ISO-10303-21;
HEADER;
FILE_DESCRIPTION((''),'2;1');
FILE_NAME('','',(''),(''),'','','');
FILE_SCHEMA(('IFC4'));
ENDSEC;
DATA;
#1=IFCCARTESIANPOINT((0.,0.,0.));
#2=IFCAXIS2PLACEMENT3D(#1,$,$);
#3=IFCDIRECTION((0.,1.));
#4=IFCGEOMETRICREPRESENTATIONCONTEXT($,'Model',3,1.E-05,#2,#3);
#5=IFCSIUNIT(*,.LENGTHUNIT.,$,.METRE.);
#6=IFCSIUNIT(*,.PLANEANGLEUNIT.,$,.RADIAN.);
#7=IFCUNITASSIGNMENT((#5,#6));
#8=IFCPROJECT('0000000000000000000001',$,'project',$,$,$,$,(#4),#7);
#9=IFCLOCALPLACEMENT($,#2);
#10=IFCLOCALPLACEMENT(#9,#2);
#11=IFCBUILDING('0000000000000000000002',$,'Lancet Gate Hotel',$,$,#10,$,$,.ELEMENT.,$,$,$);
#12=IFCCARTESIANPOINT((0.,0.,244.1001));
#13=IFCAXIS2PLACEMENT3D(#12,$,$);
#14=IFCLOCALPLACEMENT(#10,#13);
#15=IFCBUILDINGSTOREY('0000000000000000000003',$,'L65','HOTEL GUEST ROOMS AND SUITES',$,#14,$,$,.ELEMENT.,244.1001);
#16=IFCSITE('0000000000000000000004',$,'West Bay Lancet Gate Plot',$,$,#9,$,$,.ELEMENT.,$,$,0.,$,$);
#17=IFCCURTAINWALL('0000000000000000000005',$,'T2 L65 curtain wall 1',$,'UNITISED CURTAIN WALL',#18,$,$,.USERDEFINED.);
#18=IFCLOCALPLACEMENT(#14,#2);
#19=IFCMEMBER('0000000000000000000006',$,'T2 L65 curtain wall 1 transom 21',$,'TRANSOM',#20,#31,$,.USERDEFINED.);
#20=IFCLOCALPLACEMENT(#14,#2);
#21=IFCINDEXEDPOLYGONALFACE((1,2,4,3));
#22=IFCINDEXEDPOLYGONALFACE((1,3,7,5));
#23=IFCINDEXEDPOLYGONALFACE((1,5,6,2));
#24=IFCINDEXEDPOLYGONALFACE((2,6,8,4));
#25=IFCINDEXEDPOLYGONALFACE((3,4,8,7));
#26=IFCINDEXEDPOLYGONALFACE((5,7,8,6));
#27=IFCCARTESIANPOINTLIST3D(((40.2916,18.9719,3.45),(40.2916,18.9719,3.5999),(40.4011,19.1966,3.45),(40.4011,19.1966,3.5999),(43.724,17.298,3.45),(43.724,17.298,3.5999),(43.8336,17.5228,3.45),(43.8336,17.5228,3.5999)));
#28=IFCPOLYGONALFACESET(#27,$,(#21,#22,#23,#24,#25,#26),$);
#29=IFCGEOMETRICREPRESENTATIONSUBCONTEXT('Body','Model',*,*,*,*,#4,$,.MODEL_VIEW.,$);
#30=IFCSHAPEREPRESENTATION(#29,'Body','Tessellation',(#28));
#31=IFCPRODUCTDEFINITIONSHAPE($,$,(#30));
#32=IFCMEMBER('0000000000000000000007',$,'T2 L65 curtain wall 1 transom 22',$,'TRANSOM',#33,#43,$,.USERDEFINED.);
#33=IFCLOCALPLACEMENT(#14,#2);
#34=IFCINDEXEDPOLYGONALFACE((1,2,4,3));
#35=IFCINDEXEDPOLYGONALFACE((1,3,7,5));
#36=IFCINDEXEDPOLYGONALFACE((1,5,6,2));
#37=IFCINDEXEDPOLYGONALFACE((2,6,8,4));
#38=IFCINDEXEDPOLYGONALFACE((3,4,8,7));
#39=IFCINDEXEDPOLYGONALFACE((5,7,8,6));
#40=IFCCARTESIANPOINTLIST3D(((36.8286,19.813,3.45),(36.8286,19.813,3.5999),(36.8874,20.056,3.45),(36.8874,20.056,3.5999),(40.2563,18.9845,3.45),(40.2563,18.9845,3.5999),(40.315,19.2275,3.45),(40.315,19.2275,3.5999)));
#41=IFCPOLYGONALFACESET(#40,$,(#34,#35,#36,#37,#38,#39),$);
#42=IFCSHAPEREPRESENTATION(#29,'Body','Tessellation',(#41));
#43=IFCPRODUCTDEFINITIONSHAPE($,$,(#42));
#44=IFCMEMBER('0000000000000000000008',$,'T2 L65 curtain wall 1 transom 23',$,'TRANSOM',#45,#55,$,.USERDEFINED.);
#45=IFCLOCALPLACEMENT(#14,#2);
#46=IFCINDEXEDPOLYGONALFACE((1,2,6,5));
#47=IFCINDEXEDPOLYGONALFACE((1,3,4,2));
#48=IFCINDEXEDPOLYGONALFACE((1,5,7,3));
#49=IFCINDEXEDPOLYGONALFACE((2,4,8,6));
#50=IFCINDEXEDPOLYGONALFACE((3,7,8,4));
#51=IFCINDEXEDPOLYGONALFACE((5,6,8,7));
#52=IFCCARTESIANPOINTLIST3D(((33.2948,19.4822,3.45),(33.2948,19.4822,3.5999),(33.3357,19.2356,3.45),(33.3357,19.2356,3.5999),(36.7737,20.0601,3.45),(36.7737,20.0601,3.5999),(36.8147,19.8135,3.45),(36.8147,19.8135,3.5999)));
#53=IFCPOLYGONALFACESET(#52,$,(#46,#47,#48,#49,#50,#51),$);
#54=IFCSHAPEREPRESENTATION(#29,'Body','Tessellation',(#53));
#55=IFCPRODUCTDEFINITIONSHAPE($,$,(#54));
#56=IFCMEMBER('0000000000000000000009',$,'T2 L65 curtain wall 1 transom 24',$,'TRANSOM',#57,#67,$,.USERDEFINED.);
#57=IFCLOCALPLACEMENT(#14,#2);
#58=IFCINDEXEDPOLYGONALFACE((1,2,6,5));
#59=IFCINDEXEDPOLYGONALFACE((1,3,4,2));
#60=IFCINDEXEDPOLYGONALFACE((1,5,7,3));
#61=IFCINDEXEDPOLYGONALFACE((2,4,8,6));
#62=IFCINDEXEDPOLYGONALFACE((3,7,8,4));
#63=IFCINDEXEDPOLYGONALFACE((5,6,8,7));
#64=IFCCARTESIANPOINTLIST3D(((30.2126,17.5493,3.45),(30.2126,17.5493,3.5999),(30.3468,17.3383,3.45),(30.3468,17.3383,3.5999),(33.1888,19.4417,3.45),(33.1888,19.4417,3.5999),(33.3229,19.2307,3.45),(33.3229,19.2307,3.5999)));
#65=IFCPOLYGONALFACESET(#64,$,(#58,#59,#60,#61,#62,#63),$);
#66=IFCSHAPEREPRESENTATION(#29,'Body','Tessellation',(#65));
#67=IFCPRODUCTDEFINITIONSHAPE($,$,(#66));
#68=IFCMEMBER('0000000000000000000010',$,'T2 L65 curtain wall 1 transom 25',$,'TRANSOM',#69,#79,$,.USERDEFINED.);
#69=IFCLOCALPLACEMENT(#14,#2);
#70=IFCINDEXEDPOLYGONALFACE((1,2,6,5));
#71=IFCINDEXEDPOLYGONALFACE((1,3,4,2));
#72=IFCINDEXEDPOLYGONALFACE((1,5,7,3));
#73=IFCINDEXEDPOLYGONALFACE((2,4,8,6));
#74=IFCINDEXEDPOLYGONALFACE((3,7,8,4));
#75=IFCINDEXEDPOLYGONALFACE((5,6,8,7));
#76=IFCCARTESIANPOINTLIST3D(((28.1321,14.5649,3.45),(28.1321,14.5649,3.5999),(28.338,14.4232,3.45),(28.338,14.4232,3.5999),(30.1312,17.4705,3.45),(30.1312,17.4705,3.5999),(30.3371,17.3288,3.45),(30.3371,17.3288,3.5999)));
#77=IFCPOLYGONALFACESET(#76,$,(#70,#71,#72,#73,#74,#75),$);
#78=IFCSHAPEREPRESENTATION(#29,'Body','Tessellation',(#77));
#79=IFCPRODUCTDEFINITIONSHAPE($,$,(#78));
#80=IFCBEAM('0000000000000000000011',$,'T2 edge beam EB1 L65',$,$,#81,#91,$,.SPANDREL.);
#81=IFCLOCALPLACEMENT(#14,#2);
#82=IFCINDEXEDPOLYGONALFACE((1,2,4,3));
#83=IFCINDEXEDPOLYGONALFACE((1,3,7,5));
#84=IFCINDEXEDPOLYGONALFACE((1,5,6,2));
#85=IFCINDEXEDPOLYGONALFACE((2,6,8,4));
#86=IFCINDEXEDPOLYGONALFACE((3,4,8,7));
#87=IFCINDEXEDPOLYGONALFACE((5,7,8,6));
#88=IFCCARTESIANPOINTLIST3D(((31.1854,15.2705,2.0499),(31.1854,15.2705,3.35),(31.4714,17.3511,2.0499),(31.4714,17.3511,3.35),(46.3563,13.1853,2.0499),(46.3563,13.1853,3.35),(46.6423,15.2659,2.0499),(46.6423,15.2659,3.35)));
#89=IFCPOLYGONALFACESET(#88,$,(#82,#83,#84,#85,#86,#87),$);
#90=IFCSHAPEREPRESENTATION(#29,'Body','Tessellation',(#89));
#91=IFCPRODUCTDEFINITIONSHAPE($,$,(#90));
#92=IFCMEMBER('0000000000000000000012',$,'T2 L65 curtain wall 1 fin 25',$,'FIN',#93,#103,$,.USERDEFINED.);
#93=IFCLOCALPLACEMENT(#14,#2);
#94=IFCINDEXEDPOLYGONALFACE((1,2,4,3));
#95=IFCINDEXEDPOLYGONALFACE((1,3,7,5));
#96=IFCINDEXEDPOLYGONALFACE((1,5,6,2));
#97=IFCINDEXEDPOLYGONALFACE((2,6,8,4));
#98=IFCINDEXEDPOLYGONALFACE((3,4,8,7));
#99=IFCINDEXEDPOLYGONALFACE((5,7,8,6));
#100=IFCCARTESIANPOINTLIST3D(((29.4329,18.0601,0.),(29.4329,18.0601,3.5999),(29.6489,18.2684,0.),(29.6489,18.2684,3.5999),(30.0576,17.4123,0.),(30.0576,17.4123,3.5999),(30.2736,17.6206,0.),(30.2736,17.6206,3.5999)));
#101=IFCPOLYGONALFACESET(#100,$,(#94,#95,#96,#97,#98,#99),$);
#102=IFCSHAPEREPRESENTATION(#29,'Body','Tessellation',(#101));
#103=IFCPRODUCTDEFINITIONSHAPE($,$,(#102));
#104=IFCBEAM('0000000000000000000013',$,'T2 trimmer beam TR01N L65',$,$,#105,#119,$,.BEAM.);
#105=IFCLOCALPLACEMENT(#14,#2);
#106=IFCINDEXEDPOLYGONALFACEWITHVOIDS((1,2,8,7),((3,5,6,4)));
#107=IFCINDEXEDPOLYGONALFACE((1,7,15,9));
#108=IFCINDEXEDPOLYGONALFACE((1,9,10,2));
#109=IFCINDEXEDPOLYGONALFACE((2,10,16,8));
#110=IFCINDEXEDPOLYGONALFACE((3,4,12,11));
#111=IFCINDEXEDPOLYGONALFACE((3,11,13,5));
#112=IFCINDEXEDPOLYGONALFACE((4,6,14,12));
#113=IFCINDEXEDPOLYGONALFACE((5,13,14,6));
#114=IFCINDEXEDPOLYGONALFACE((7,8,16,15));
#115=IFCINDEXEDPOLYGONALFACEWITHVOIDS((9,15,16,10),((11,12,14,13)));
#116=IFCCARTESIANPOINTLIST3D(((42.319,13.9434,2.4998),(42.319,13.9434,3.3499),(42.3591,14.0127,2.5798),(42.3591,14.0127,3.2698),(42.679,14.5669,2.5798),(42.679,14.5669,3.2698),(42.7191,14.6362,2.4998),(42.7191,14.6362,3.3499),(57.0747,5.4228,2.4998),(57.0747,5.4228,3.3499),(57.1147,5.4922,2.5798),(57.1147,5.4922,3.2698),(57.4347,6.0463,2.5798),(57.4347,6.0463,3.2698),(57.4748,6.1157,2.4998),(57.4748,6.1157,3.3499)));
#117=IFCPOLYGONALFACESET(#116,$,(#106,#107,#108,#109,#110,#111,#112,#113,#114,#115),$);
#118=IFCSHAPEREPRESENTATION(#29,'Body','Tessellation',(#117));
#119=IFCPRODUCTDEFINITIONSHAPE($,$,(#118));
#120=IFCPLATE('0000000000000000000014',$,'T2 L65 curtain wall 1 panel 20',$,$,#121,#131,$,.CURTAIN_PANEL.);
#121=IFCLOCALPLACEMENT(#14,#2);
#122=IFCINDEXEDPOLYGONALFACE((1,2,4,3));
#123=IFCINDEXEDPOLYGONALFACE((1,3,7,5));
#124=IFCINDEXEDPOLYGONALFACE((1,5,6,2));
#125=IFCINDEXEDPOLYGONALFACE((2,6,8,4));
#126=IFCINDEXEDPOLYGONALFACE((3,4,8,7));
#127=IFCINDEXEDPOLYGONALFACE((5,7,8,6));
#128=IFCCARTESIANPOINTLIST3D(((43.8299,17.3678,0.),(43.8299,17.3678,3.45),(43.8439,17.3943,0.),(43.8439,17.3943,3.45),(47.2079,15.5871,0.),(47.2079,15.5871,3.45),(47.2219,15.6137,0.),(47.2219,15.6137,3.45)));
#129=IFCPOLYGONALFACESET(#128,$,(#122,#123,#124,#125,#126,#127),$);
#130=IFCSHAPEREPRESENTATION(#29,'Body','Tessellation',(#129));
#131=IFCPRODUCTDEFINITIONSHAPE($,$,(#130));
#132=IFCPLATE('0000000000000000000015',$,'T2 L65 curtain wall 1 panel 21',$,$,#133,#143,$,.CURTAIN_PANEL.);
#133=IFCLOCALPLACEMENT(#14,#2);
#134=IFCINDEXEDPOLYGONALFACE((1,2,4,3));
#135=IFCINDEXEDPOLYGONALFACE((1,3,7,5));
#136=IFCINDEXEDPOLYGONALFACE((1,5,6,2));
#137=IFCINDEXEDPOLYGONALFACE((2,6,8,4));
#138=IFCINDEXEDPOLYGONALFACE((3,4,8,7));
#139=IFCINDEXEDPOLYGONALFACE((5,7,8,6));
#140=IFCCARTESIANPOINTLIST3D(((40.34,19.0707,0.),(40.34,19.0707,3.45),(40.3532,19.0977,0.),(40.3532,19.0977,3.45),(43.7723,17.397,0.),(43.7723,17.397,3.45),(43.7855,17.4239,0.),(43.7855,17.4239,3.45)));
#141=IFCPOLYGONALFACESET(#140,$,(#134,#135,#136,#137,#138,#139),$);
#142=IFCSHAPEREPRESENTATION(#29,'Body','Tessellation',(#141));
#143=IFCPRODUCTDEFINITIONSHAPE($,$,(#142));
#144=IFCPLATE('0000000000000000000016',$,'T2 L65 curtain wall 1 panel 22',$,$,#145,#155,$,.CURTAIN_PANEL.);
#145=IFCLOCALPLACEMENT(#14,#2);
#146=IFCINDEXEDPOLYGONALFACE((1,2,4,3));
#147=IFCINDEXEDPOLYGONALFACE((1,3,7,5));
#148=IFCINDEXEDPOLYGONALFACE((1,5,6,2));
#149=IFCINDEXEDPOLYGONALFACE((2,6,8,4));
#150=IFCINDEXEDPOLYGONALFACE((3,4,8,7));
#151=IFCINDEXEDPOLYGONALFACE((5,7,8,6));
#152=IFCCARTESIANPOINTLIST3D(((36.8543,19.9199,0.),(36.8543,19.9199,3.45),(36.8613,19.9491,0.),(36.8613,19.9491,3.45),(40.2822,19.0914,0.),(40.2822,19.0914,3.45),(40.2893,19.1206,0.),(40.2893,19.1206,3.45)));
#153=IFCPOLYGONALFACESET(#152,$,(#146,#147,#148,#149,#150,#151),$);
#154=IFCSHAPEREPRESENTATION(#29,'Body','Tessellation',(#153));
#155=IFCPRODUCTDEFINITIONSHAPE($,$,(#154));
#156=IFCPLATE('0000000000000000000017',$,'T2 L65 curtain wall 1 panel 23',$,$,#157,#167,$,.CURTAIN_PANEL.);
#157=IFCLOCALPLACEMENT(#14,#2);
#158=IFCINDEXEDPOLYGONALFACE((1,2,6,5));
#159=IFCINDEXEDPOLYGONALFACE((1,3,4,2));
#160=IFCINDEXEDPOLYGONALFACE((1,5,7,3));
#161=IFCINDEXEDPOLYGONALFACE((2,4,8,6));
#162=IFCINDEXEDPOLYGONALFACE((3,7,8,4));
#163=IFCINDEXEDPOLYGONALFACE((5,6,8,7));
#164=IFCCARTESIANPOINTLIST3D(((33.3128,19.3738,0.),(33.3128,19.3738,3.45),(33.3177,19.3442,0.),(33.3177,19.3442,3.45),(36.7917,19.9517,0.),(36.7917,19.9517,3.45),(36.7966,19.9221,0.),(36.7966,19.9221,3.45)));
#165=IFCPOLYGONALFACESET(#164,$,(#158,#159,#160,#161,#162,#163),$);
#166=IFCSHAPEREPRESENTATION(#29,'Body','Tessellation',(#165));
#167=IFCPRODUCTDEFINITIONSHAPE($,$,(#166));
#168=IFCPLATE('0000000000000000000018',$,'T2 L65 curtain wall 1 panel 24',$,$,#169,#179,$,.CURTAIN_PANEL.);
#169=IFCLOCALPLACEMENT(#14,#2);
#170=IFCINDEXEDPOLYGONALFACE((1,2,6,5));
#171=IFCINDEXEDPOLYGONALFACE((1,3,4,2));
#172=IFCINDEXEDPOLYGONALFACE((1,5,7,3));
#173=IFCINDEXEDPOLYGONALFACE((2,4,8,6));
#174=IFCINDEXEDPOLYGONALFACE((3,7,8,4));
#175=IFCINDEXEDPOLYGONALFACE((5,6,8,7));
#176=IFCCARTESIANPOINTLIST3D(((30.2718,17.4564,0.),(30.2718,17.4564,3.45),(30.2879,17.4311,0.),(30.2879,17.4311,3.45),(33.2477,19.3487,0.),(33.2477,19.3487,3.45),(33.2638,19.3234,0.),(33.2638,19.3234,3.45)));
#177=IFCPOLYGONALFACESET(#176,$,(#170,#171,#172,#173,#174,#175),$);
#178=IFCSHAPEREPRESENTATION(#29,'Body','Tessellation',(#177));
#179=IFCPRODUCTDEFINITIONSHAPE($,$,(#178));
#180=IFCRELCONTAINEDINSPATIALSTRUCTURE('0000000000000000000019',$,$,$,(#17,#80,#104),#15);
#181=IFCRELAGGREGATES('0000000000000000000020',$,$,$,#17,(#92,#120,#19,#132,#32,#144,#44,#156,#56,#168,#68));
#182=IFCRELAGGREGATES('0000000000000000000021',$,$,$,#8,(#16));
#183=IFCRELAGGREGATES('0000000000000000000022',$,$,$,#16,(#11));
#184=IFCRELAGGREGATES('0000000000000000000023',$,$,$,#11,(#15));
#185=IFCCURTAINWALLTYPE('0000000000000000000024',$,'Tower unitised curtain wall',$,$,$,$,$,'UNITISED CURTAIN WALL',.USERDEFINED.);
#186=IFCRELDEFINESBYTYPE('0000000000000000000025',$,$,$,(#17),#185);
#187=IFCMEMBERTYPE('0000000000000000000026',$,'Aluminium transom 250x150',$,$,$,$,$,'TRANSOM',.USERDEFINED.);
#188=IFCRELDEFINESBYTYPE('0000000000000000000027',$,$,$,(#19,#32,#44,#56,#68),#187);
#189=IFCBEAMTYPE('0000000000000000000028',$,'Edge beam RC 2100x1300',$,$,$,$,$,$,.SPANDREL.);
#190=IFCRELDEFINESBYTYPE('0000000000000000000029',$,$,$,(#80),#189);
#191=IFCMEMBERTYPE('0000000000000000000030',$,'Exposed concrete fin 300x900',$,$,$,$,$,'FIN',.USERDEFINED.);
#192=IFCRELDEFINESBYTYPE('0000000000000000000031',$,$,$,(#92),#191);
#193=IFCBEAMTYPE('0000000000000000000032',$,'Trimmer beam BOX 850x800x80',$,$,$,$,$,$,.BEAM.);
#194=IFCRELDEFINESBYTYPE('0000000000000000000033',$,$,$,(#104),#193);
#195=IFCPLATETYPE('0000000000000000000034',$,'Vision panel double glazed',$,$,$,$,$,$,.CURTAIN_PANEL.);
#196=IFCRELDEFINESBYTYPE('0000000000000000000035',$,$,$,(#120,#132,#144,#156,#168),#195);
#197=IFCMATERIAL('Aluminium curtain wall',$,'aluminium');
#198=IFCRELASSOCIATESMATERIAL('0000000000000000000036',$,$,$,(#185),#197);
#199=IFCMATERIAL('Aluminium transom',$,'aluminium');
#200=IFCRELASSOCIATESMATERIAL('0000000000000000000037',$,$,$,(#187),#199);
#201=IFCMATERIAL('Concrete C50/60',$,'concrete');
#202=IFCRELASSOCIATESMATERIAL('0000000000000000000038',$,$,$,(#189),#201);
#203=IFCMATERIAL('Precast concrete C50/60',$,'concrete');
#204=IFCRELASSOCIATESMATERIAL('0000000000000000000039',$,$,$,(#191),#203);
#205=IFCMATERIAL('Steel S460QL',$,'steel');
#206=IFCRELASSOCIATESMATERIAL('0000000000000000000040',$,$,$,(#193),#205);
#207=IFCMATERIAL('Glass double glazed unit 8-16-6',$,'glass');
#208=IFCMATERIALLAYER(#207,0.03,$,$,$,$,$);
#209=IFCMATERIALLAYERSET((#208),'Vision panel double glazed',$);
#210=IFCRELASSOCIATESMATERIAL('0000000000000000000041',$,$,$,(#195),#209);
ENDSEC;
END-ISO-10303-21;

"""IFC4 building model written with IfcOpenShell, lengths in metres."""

from ifc_helpers import new_model, si_unit, direction, frame, origin, origin_2d, place, context, subcontext, project, spatial, rectangle, hollow_rectangle, extrude, material, layer, layer_set, material_profile, profile_set, type_object, element, aggregate, save


model = new_model("IFC4")

# Units and contexts
model_context = context("Model", 3, precision=1e-05, world=origin(), true_north=direction((0.0, 1.0)))
body_context = subcontext(model_context, "Body", "Model", "MODEL_VIEW")
ifc_project = project(units=[si_unit("LENGTHUNIT", "METRE"), si_unit("PLANEANGLEUNIT", "RADIAN")], contexts=[model_context])

# Site, building, storey
site_placement = place(None, origin())
site = spatial("IfcSite", under=ifc_project, at=site_placement, Name="West Bay Lancet Gate Plot", CompositionType="ELEMENT", RefElevation=0.0)
building_placement = place(site_placement, origin())
building = spatial("IfcBuilding", under=site, at=building_placement, Name="Lancet Gate Hotel", CompositionType="ELEMENT")
storey_placement = place(building_placement, frame((0.0, 0.0, 244.1001)))
storey = spatial("IfcBuildingStorey", under=building, at=storey_placement, Name="L65", Description="HOTEL GUEST ROOMS AND SUITES", CompositionType="ELEMENT", Elevation=244.1001)

# Curtain wall, members
ifc_material_1 = material(Name="Aluminium curtain wall", Category="aluminium")
curtain_wall_type = type_object("IfcCurtainWallType", Name="Tower unitised curtain wall", ElementType="UNITISED CURTAIN WALL", PredefinedType="USERDEFINED", material=ifc_material_1)
curtain_wall_placement = place(storey_placement, origin())
curtain_wall = element("IfcCurtainWall", 1, at=curtain_wall_placement, inside=storey, type_object=curtain_wall_type, Name="T2 L65 curtain wall 1", ObjectType="UNITISED CURTAIN WALL", PredefinedType="USERDEFINED")
ifc_material_2 = material(Name="Aluminium transom", Category="aluminium")
ifc_material_profile_1 = material_profile(ifc_material_2, rectangle(XDim=0.25, YDim=0.1499, at=origin_2d()), Name="TRANSOM 250x150")
ifc_profile_set_1 = profile_set([ifc_material_profile_1], Name="Aluminium transom")
member_type_1 = type_object("IfcMemberType", Name="Aluminium transom 250x150", ElementType="TRANSOM", PredefinedType="USERDEFINED", material=ifc_profile_set_1)
member_1_placement = place(storey_placement, frame((43.7788, 17.4104, 3.5249), z_axis=(-0.89882, 0.438318, 0.0), x_axis=(-0.438318, -0.89882, 0.0)))
member_1 = element("IfcMember", 2, at=member_1_placement, type_object=member_type_1, Name="T2 L65 curtain wall 1 transom 21", ObjectType="TRANSOM", PredefinedType="USERDEFINED", context=body_context, shape_type="SweptSolid", body=[
    extrude(rectangle(XDim=0.25, YDim=0.1499, at=origin_2d()), origin(), (0.0, 0.0, 1.0), 3.8188),
])
member_2_placement = place(storey_placement, frame((40.2856, 19.106, 3.5249), z_axis=(-0.972003, 0.23497, 0.0), x_axis=(-0.23497, -0.972003, 0.0)))
member_2 = element("IfcMember", 3, at=member_2_placement, type_object=member_type_1, Name="T2 L65 curtain wall 1 transom 22", ObjectType="TRANSOM", PredefinedType="USERDEFINED", context=body_context, shape_type="SweptSolid", body=[
    extrude(rectangle(XDim=0.25, YDim=0.1499, at=origin_2d()), origin(), (0.0, 0.0, 1.0), 3.5264),
])
member_3_placement = place(storey_placement, frame((36.7942, 19.9368, 3.5249), z_axis=(-0.986484, -0.16386, 0.0), x_axis=(0.16386, -0.986484, 0.0)))
member_3 = element("IfcMember", 4, at=member_3_placement, type_object=member_type_1, Name="T2 L65 curtain wall 1 transom 23", ObjectType="TRANSOM", PredefinedType="USERDEFINED", context=body_context, shape_type="SweptSolid", body=[
    extrude(rectangle(XDim=0.25, YDim=0.1499, at=origin_2d()), origin(), (0.0, 0.0, 1.0), 3.5266),
])
member_4_placement = place(storey_placement, frame((33.2559, 19.3362, 3.5249), z_axis=(-0.843858, -0.536566, 0.0), x_axis=(0.536566, -0.843858, 0.0)))
member_4 = element("IfcMember", 5, at=member_4_placement, type_object=member_type_1, Name="T2 L65 curtain wall 1 transom 24", ObjectType="TRANSOM", PredefinedType="USERDEFINED", context=body_context, shape_type="SweptSolid", body=[
    extrude(rectangle(XDim=0.25, YDim=0.1499, at=origin_2d()), origin(), (0.0, 0.0, 1.0), 3.5269),
])
member_5_placement = place(storey_placement, frame((30.2341, 17.3997, 3.5249), z_axis=(-0.566814, -0.823846, 0.0), x_axis=(0.823846, -0.566814, 0.0)))
member_5 = element("IfcMember", 6, at=member_5_placement, type_object=member_type_1, Name="T2 L65 curtain wall 1 transom 25", ObjectType="TRANSOM", PredefinedType="USERDEFINED", context=body_context, shape_type="SweptSolid", body=[
    extrude(rectangle(XDim=0.25, YDim=0.1499, at=origin_2d()), origin(), (0.0, 0.0, 1.0), 3.5269),
])

# Beam
ifc_material_3 = material(Name="Concrete C50/60", Category="concrete")
ifc_material_profile_2 = material_profile(ifc_material_3, rectangle(XDim=2.1001, YDim=1.3, at=origin_2d()), Name="RC 2100x1300")
ifc_profile_set_2 = profile_set([ifc_material_profile_2], Name="Concrete C50/60")
beam_type_1 = type_object("IfcBeamType", Name="Edge beam RC 2100x1300", PredefinedType="SPANDREL", material=ifc_profile_set_2)
beam_1_placement = place(storey_placement, frame((46.4993, 14.2256, 2.7), z_axis=(-0.990686, 0.136167, 0.0), x_axis=(-0.136167, -0.990686, 0.0)))
element("IfcBeam", 7, at=beam_1_placement, inside=storey, type_object=beam_type_1, Name="T2 edge beam EB1 L65", PredefinedType="SPANDREL", context=body_context, shape_type="SweptSolid", body=[
    extrude(rectangle(XDim=2.1001, YDim=1.3, at=origin_2d()), origin(), (0.0, 0.0, 1.0), 15.3135),
])

# Member
ifc_material_4 = material(Name="Precast concrete C50/60", Category="concrete")
ifc_material_profile_3 = material_profile(ifc_material_4, rectangle(XDim=0.3, YDim=0.8999, at=origin_2d()), Name="FIN 300x900")
ifc_profile_set_3 = profile_set([ifc_material_profile_3], Name="Precast concrete C50/60")
member_type_2 = type_object("IfcMemberType", Name="Exposed concrete fin 300x900", ElementType="FIN", PredefinedType="USERDEFINED", material=ifc_profile_set_3)
member_6_placement = place(storey_placement, frame((29.8533, 17.8403, 0.0), z_axis=(0.0, 0.0, 1.0), x_axis=(-0.719809, -0.694172, 0.0)))
member_6 = element("IfcMember", 8, at=member_6_placement, type_object=member_type_2, Name="T2 L65 curtain wall 1 fin 25", ObjectType="FIN", PredefinedType="USERDEFINED", context=body_context, shape_type="SweptSolid", body=[
    extrude(rectangle(XDim=0.3, YDim=0.8999, at=origin_2d()), origin(), (0.0, 0.0, 1.0), 3.5999),
])

# Beam
ifc_material_5 = material(Name="Steel S460QL", Category="steel")
ifc_material_profile_4 = material_profile(ifc_material_5, hollow_rectangle(XDim=0.8, YDim=0.8501, WallThickness=0.0801, at=origin_2d()), Name="BOX 850x800x80")
ifc_profile_set_4 = profile_set([ifc_material_profile_4], Name="Steel S460QL")
beam_type_2 = type_object("IfcBeamType", Name="Trimmer beam BOX 850x800x80", PredefinedType="BEAM", material=ifc_profile_set_4)
beam_2_placement = place(storey_placement, frame((42.519, 14.2898, 2.9248), z_axis=(0.865991, -0.500059, 0.0), x_axis=(0.500059, 0.865991, 0.0)))
element("IfcBeam", 9, at=beam_2_placement, inside=storey, type_object=beam_type_2, Name="T2 trimmer beam TR01N L65", PredefinedType="BEAM", context=body_context, shape_type="SweptSolid", body=[
    extrude(hollow_rectangle(XDim=0.8, YDim=0.8501, WallThickness=0.0801, at=origin_2d()), origin(), (0.0, 0.0, 1.0), 17.0391),
])

# Plates
ifc_material_6 = material(Name="Glass double glazed unit 8-16-6", Category="glass")
ifc_layer = layer(ifc_material_6, 0.03)
ifc_layer_set = layer_set([ifc_layer], Name="Vision panel double glazed")
plate_type = type_object("IfcPlateType", Name="Vision panel double glazed", PredefinedType="CURTAIN_PANEL", material=ifc_layer_set)
plate_1_placement = place(storey_placement, frame((45.5259, 16.4907, 0.0), z_axis=(0.0, 0.0, 1.0), x_axis=(-0.884623, 0.466307, 0.0)))
plate_1 = element("IfcPlate", 10, at=plate_1_placement, type_object=plate_type, Name="T2 L65 curtain wall 1 panel 20", PredefinedType="CURTAIN_PANEL", context=body_context, shape_type="SweptSolid", body=[
    extrude(rectangle(XDim=3.8186, YDim=0.03, at=origin_2d()), origin(), (0.0, 0.0, 1.0), 3.45),
])
plate_2_placement = place(storey_placement, frame((42.0627, 18.2473, 0.0), z_axis=(0.0, 0.0, 1.0), x_axis=(-0.898823, 0.438311, 0.0)))
plate_2 = element("IfcPlate", 11, at=plate_2_placement, type_object=plate_type, Name="T2 L65 curtain wall 1 panel 21", PredefinedType="CURTAIN_PANEL", context=body_context, shape_type="SweptSolid", body=[
    extrude(rectangle(XDim=3.8186, YDim=0.03, at=origin_2d()), origin(), (0.0, 0.0, 1.0), 3.45),
])
plate_3_placement = place(storey_placement, frame((38.5718, 19.5203, 0.0), z_axis=(0.0, 0.0, 1.0), x_axis=(-0.972014, 0.234924, 0.0)))
plate_3 = element("IfcPlate", 12, at=plate_3_placement, type_object=plate_type, Name="T2 L65 curtain wall 1 panel 22", PredefinedType="CURTAIN_PANEL", context=body_context, shape_type="SweptSolid", body=[
    extrude(rectangle(XDim=3.5266, YDim=0.03, at=origin_2d()), origin(), (0.0, 0.0, 1.0), 3.45),
])
plate_4_placement = place(storey_placement, frame((35.0547, 19.6479, 0.0), z_axis=(0.0, 0.0, 1.0), x_axis=(-0.98648, -0.163881, 0.0)))
plate_4 = element("IfcPlate", 13, at=plate_4_placement, type_object=plate_type, Name="T2 L65 curtain wall 1 panel 23", PredefinedType="CURTAIN_PANEL", context=body_context, shape_type="SweptSolid", body=[
    extrude(rectangle(XDim=3.5266, YDim=0.03, at=origin_2d()), origin(), (0.0, 0.0, 1.0), 3.45),
])
plate_5_placement = place(storey_placement, frame((31.7678, 18.3899, 0.0), z_axis=(0.0, 0.0, 1.0), x_axis=(-0.843845, -0.536587, 0.0)))
plate_5 = element("IfcPlate", 14, at=plate_5_placement, type_object=plate_type, Name="T2 L65 curtain wall 1 panel 24", PredefinedType="CURTAIN_PANEL", context=body_context, shape_type="SweptSolid", body=[
    extrude(rectangle(XDim=3.5266, YDim=0.03, at=origin_2d()), origin(), (0.0, 0.0, 1.0), 3.45),
])
aggregate(curtain_wall, [member_6, plate_1, member_1, plate_2, member_2, plate_3, member_3, plate_4, member_4, plate_5, member_5])

save(model, "model.ifc")
